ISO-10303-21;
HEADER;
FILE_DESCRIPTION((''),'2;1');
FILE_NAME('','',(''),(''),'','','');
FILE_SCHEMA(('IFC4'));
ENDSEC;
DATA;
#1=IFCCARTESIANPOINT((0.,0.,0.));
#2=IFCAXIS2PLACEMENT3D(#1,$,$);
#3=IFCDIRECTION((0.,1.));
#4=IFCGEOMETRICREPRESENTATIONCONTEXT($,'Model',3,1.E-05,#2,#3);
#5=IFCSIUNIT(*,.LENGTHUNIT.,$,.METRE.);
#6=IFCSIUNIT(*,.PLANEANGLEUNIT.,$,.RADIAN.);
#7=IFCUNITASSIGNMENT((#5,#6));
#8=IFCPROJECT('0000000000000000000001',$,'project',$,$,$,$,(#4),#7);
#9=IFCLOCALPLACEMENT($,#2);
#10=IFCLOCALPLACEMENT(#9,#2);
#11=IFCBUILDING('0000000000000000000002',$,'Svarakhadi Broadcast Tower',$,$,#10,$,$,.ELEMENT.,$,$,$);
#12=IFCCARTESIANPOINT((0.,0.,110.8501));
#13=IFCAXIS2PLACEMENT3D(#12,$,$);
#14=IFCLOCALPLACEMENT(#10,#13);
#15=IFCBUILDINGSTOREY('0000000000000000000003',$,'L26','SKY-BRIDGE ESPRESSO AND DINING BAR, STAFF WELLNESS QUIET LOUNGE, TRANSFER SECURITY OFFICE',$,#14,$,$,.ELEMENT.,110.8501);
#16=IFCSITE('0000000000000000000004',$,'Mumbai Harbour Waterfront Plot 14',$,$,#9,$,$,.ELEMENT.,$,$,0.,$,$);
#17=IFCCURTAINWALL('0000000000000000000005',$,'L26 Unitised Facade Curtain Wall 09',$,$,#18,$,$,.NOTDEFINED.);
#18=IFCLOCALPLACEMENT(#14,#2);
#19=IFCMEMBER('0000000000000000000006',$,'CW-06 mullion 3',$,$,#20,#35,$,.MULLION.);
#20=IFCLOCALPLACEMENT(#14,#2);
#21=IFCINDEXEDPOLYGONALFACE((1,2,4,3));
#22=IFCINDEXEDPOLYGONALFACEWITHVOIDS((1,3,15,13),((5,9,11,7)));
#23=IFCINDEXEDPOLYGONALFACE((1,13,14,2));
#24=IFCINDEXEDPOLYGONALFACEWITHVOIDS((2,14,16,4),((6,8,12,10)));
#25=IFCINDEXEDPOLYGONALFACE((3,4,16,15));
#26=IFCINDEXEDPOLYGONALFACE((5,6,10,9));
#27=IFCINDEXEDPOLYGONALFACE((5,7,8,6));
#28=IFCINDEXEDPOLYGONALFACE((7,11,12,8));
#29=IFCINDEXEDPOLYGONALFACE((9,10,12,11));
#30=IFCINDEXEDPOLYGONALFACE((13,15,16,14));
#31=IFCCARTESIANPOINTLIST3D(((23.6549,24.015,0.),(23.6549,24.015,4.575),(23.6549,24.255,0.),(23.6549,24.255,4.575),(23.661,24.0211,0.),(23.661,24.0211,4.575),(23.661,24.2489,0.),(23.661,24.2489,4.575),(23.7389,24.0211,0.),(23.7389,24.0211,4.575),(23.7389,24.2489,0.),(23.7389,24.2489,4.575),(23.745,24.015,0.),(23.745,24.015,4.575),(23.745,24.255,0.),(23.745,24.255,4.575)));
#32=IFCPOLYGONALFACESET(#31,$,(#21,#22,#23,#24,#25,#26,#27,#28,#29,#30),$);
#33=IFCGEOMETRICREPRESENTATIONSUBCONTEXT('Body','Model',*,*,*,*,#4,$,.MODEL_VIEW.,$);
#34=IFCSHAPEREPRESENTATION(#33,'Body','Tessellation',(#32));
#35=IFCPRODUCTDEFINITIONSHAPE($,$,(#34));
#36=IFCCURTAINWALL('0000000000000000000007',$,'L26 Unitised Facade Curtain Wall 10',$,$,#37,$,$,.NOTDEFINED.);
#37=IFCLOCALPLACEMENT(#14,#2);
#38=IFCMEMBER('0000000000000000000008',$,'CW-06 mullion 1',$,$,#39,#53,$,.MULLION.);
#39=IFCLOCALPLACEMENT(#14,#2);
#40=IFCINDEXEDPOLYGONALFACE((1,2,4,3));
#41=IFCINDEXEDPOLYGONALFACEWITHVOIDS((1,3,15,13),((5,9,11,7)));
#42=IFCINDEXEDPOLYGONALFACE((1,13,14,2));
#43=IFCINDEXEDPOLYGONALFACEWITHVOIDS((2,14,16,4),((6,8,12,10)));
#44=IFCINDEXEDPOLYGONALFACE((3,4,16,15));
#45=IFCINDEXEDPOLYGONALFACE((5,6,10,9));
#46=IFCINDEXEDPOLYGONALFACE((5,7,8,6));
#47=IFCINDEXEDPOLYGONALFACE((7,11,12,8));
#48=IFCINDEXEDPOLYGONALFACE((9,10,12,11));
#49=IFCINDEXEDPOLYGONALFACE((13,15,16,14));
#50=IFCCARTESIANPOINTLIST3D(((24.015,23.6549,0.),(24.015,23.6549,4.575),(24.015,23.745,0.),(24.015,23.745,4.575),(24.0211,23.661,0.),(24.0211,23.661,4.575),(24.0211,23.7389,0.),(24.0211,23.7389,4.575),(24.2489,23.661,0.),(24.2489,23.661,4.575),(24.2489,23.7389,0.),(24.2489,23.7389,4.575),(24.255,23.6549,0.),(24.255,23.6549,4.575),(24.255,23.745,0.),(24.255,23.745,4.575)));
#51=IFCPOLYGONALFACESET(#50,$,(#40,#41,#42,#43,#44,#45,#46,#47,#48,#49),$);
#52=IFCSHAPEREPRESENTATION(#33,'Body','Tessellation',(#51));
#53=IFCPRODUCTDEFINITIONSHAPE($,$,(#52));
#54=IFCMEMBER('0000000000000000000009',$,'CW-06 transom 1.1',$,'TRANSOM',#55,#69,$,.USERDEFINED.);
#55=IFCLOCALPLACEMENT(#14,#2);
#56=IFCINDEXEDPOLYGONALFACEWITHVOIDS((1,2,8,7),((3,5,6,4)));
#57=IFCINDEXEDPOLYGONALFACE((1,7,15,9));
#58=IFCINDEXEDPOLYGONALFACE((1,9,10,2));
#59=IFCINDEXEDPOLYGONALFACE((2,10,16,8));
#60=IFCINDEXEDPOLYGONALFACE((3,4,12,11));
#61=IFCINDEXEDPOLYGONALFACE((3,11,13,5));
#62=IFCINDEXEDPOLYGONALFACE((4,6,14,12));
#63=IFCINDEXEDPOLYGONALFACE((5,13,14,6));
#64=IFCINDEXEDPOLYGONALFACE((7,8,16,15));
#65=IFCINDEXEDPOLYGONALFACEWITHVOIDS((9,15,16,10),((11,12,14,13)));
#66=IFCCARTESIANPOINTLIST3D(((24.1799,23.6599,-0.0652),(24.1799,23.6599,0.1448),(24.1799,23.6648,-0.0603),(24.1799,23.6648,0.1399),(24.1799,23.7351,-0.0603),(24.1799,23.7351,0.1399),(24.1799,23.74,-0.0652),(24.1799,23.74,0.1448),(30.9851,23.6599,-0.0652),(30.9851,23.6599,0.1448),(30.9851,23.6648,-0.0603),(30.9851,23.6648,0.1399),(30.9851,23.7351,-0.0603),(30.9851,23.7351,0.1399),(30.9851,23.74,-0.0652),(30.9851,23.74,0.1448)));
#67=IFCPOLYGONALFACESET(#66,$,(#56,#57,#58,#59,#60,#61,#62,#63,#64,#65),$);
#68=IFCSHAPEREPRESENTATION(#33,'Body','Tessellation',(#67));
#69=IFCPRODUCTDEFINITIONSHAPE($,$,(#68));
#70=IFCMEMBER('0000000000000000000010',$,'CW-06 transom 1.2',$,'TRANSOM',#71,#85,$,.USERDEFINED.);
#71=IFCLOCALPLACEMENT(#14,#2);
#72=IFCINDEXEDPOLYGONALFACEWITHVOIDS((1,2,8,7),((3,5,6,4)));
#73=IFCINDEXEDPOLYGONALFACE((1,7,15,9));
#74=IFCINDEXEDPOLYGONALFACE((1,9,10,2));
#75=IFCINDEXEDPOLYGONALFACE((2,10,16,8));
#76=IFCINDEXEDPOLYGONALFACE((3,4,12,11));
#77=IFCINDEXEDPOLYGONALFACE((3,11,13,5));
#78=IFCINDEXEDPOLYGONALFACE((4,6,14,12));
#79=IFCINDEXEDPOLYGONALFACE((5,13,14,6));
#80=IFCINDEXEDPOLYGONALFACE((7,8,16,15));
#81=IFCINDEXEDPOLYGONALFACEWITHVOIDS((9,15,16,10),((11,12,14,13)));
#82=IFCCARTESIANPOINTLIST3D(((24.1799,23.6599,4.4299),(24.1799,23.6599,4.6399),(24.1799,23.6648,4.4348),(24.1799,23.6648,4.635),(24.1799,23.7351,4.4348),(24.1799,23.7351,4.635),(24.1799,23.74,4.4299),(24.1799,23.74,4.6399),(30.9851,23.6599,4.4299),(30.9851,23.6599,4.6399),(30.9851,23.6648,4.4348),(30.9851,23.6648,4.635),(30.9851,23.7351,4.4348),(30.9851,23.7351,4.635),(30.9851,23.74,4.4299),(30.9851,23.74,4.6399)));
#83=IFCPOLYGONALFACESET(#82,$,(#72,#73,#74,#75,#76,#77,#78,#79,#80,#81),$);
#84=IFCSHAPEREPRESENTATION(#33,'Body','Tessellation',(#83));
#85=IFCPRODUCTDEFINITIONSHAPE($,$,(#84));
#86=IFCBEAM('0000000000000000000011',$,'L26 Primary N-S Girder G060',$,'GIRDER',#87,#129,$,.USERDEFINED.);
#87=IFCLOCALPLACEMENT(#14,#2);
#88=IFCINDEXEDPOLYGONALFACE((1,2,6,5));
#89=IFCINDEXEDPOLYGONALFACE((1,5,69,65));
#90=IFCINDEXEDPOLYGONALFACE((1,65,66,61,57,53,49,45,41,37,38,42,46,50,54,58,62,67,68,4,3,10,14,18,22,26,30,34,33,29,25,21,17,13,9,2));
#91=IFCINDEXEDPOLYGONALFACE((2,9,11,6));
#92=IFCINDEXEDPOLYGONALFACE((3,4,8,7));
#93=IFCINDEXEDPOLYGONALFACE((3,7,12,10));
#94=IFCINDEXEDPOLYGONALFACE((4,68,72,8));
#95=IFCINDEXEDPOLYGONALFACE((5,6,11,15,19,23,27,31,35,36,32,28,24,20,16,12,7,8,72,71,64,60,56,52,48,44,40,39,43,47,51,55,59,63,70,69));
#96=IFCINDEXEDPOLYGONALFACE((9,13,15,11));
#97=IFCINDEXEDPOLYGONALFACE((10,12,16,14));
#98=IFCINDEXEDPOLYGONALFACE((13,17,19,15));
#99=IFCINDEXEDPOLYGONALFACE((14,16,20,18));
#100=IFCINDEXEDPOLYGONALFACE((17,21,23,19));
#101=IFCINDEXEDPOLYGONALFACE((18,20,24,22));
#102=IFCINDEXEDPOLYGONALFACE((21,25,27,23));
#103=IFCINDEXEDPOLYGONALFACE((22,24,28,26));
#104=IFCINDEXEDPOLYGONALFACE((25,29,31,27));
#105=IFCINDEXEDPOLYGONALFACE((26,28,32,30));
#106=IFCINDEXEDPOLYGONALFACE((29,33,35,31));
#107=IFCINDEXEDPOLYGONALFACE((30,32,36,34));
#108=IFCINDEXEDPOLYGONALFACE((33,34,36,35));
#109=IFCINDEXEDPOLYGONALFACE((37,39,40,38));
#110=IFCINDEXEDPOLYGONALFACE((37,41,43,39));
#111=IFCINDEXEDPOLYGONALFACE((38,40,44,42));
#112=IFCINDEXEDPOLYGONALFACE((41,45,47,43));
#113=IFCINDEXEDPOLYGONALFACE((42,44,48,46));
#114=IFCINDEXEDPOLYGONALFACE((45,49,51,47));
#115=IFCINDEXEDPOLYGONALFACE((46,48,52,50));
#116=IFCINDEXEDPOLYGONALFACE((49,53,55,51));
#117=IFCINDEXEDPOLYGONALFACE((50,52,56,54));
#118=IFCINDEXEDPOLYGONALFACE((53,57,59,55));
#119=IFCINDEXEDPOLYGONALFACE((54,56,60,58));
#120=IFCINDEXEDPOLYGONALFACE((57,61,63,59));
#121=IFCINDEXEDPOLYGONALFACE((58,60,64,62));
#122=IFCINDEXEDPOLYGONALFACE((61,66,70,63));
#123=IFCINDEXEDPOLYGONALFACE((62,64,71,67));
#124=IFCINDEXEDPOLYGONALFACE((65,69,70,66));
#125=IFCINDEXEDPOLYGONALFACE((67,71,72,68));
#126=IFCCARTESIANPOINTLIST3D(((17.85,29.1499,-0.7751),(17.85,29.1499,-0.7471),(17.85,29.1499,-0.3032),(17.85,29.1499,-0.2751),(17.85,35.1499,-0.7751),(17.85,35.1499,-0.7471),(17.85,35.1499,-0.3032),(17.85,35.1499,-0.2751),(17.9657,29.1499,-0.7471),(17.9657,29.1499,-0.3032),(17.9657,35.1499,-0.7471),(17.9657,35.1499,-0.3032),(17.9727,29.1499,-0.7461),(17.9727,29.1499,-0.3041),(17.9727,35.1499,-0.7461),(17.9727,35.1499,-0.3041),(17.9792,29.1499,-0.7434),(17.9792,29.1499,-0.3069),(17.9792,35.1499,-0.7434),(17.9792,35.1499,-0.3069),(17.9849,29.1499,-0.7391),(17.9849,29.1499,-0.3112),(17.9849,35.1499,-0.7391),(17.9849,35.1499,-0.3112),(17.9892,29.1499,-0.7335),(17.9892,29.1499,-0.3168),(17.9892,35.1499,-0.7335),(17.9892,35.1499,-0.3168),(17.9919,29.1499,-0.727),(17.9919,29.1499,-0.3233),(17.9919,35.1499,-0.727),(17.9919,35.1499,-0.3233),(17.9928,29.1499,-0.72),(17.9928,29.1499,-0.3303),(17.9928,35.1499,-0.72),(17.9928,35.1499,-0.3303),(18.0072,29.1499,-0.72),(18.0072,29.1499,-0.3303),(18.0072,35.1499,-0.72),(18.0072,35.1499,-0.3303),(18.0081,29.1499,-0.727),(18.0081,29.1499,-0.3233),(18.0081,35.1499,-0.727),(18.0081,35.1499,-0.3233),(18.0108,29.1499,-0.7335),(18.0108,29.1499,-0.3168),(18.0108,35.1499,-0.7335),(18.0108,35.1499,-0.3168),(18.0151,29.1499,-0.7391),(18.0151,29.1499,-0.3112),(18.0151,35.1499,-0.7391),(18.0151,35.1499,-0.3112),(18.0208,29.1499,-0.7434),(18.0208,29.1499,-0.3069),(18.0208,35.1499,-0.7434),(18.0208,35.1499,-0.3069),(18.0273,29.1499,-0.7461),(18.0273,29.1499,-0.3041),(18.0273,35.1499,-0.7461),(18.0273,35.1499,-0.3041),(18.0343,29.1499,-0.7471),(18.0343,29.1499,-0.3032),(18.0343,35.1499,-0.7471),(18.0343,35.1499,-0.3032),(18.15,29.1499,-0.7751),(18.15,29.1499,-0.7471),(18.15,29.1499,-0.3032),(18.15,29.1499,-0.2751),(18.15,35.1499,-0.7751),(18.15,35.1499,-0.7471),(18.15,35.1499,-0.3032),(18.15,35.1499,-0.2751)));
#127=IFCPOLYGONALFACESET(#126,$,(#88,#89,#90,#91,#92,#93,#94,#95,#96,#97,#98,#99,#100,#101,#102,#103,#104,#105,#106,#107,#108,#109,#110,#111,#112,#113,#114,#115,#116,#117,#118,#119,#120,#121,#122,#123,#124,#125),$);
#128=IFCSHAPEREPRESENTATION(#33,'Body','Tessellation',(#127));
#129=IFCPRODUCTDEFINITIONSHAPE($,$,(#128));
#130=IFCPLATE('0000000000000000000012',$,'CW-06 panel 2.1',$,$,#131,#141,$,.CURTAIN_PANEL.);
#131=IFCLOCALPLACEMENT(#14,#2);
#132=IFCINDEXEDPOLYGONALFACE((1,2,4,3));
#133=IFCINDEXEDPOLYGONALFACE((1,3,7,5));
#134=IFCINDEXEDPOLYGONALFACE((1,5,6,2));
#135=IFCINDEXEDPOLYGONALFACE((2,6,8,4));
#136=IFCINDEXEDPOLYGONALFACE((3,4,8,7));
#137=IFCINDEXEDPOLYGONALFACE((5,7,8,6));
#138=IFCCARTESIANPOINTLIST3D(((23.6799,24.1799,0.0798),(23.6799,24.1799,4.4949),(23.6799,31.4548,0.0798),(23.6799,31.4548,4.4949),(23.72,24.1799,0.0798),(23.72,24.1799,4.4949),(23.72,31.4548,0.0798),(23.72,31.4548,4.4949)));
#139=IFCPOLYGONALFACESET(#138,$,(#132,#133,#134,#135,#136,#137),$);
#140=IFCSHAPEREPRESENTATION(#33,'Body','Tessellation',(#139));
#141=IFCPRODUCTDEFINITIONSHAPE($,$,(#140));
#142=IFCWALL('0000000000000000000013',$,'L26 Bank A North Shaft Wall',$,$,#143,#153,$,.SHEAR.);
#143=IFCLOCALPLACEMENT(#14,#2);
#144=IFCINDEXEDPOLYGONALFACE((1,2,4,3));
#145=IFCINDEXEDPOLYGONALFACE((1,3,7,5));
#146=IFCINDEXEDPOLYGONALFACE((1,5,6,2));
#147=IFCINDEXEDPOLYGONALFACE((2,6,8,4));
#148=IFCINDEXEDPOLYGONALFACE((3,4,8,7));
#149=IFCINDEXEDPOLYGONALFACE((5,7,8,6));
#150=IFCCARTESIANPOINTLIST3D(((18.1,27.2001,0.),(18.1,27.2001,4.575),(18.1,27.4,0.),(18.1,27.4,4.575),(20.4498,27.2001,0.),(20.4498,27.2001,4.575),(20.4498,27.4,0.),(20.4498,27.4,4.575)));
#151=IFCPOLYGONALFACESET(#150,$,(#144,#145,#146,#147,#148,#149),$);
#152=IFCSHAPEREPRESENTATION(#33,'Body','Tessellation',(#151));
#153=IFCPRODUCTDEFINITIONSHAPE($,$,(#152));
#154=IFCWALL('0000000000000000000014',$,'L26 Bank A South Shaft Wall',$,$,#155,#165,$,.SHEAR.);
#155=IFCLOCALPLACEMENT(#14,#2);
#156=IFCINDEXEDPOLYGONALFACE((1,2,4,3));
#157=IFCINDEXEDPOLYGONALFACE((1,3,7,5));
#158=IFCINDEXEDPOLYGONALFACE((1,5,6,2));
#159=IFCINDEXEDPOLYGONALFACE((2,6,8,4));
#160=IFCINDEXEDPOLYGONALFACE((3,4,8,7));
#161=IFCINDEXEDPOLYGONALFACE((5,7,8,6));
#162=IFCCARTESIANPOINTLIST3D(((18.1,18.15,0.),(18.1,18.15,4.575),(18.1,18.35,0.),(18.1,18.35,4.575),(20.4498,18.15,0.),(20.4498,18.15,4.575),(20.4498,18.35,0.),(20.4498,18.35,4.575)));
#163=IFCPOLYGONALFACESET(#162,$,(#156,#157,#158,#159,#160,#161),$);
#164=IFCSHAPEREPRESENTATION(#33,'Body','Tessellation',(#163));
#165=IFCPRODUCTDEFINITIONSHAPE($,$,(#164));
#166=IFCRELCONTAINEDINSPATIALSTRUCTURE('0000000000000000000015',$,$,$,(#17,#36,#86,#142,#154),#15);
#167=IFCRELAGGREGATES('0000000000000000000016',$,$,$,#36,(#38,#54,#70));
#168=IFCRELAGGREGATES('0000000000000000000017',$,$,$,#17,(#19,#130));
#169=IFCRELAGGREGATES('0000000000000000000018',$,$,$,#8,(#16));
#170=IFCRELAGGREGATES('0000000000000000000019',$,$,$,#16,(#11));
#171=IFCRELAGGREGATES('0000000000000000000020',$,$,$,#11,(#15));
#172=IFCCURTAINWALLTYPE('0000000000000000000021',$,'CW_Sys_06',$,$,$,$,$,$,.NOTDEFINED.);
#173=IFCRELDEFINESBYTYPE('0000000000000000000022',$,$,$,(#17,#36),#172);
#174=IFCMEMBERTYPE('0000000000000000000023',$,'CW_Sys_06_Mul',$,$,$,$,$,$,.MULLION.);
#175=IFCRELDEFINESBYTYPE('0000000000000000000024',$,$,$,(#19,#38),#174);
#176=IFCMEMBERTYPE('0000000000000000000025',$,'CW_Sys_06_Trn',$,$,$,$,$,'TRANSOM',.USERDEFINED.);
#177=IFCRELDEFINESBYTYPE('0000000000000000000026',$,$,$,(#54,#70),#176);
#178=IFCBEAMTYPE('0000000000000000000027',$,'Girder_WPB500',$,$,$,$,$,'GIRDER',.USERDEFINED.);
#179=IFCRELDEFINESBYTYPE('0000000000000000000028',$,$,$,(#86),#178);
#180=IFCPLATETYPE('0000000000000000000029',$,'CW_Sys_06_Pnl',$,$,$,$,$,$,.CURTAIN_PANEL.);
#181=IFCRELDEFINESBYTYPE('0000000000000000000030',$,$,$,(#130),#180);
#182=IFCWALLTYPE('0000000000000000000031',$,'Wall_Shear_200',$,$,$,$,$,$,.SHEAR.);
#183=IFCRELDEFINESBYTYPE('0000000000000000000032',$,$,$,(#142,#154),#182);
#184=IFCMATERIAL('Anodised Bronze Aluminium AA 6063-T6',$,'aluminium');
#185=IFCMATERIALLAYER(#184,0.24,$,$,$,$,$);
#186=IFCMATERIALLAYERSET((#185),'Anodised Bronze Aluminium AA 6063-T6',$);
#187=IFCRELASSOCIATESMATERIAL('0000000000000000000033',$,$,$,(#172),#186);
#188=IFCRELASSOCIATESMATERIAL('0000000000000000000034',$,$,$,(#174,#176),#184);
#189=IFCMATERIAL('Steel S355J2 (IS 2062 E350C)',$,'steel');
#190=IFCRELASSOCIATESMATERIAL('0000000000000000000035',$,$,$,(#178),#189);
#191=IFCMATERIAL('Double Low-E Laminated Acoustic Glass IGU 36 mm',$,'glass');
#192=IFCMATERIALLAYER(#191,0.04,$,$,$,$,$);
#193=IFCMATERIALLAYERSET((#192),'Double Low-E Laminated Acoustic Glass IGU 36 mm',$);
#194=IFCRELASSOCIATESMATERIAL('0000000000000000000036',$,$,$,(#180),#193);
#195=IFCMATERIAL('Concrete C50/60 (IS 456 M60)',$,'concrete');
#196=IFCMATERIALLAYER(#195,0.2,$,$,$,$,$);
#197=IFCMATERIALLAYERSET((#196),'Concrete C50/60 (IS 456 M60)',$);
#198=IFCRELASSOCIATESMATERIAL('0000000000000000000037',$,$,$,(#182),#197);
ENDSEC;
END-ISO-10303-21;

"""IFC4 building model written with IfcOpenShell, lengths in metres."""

from ifc_helpers import new_model, si_unit, direction, frame, frame_2d, origin, origin_2d, place, context, subcontext, project, spatial, rectangle, hollow_rectangle, i_section, extrude, material, layer, layer_set, material_profile, profile_set, type_object, element, aggregate, save


model = new_model("IFC4")

# Units and contexts
model_context = context("Model", 3, precision=1e-05, world=origin(), true_north=direction((0.0, 1.0)))
body_context = subcontext(model_context, "Body", "Model", "MODEL_VIEW")
ifc_project = project(units=[si_unit("LENGTHUNIT", "METRE"), si_unit("PLANEANGLEUNIT", "RADIAN")], contexts=[model_context])

# Site, building, storey
site_placement = place(None, origin())
site = spatial("IfcSite", under=ifc_project, at=site_placement, Name="Mumbai Harbour Waterfront Plot 14", CompositionType="ELEMENT", RefElevation=0.0)
building_placement = place(site_placement, origin())
building = spatial("IfcBuilding", under=site, at=building_placement, Name="Svarakhadi Broadcast Tower", CompositionType="ELEMENT")
storey_placement = place(building_placement, frame((0.0, 0.0, 110.8501)))
storey = spatial("IfcBuildingStorey", under=building, at=storey_placement, Name="L26", Description="SKY-BRIDGE ESPRESSO AND DINING BAR, STAFF WELLNESS QUIET LOUNGE, TRANSFER SECURITY OFFICE", CompositionType="ELEMENT", Elevation=110.8501)

# Curtain wall, member
ifc_material_1 = material(Name="Anodised Bronze Aluminium AA 6063-T6", Category="aluminium")
ifc_layer_1 = layer(ifc_material_1, 0.24)
ifc_layer_set_1 = layer_set([ifc_layer_1], Name="Anodised Bronze Aluminium AA 6063-T6")
curtain_wall_type = type_object("IfcCurtainWallType", Name="CW_Sys_06", PredefinedType="NOTDEFINED", material=ifc_layer_set_1)
curtain_wall_1_placement = place(storey_placement, origin())
curtain_wall_1 = element("IfcCurtainWall", 1, at=curtain_wall_1_placement, inside=storey, type_object=curtain_wall_type, Name="L26 Unitised Facade Curtain Wall 09", PredefinedType="NOTDEFINED")
ifc_material_profile_1 = material_profile(ifc_material_1, hollow_rectangle(XDim=0.0901, YDim=0.24, WallThickness=0.0061, at=origin_2d()), Name="ALU MULLION 240x90x6")
ifc_profile_set_1 = profile_set([ifc_material_profile_1], Name="Anodised Bronze Aluminium AA 6063-T6")
member_type_1 = type_object("IfcMemberType", Name="CW_Sys_06_Mul", PredefinedType="MULLION", material=ifc_profile_set_1)
member_1_placement = place(storey_placement, frame((23.7, 24.135, 0.0), z_axis=(0.0, 0.0, 1.0), x_axis=(1.0, 0.0, 0.0)))
member_1 = element("IfcMember", 2, at=member_1_placement, type_object=member_type_1, Name="CW-06 mullion 3", PredefinedType="MULLION", context=body_context, shape_type="SweptSolid", body=[
    extrude(hollow_rectangle(XDim=0.0901, YDim=0.24, WallThickness=0.0061, at=origin_2d()), origin(), (0.0, 0.0, 1.0), 4.575),
])

# Curtain wall, members
curtain_wall_2_placement = place(storey_placement, origin())
curtain_wall_2 = element("IfcCurtainWall", 3, at=curtain_wall_2_placement, inside=storey, type_object=curtain_wall_type, Name="L26 Unitised Facade Curtain Wall 10", PredefinedType="NOTDEFINED")
member_2_placement = place(storey_placement, frame((24.135, 23.7, 0.0), z_axis=(0.0, 0.0, 1.0), x_axis=(0.0, 1.0, 0.0)))
member_2 = element("IfcMember", 4, at=member_2_placement, type_object=member_type_1, Name="CW-06 mullion 1", PredefinedType="MULLION", context=body_context, shape_type="SweptSolid", body=[
    extrude(hollow_rectangle(XDim=0.0901, YDim=0.24, WallThickness=0.0061, at=origin_2d()), origin(), (0.0, 0.0, 1.0), 4.575),
])
ifc_material_profile_2 = material_profile(ifc_material_1, hollow_rectangle(XDim=0.0801, YDim=0.21, WallThickness=0.0049, at=origin_2d()), Name="ALU TRANSOM 210x80x5")
ifc_profile_set_2 = profile_set([ifc_material_profile_2], Name="Anodised Bronze Aluminium AA 6063-T6")
member_type_2 = type_object("IfcMemberType", Name="CW_Sys_06_Trn", ElementType="TRANSOM", PredefinedType="USERDEFINED", material=ifc_profile_set_2)
member_3_placement = place(storey_placement, frame((24.1799, 23.7, 0.0398), z_axis=(1.0, 0.0, 0.0), x_axis=(0.0, 1.0, 0.0)))
member_3 = element("IfcMember", 5, at=member_3_placement, type_object=member_type_2, Name="CW-06 transom 1.1", ObjectType="TRANSOM", PredefinedType="USERDEFINED", context=body_context, shape_type="SweptSolid", body=[
    extrude(hollow_rectangle(XDim=0.0801, YDim=0.21, WallThickness=0.0049, at=origin_2d()), origin(), (0.0, 0.0, 1.0), 6.8052),
])
member_4_placement = place(storey_placement, frame((24.1799, 23.7, 4.5349), z_axis=(1.0, 0.0, 0.0), x_axis=(0.0, 1.0, 0.0)))
member_4 = element("IfcMember", 6, at=member_4_placement, type_object=member_type_2, Name="CW-06 transom 1.2", ObjectType="TRANSOM", PredefinedType="USERDEFINED", context=body_context, shape_type="SweptSolid", body=[
    extrude(hollow_rectangle(XDim=0.0801, YDim=0.21, WallThickness=0.0049, at=origin_2d()), origin(), (0.0, 0.0, 1.0), 6.8052),
])
aggregate(curtain_wall_2, [member_2, member_3, member_4])

# Beam
ifc_material_2 = material(Name="Steel S355J2 (IS 2062 E350C)", Category="steel")
ifc_material_profile_3 = material_profile(ifc_material_2, i_section(OverallWidth=0.3, OverallDepth=0.5, WebThickness=0.0144, FlangeThickness=0.0281, FilletRadius=0.0271, at=origin_2d()), Name="WPB 500x300x187")
ifc_profile_set_3 = profile_set([ifc_material_profile_3], Name="Steel S355J2 (IS 2062 E350C)")
beam_type = type_object("IfcBeamType", Name="Girder_WPB500", ElementType="GIRDER", PredefinedType="USERDEFINED", material=ifc_profile_set_3)
beam_placement = place(storey_placement, frame((18.0, 29.1499, -0.5251), z_axis=(0.0, 1.0, 0.0), x_axis=(-1.0, 0.0, 0.0)))
element("IfcBeam", 7, at=beam_placement, inside=storey, type_object=beam_type, Name="L26 Primary N-S Girder G060", ObjectType="GIRDER", PredefinedType="USERDEFINED", context=body_context, shape_type="SweptSolid", body=[
    extrude(i_section(OverallWidth=0.3, OverallDepth=0.5, WebThickness=0.0144, FlangeThickness=0.0281, FilletRadius=0.0271, at=origin_2d()), origin(), (0.0, 0.0, 1.0), 6.0),
])

# Plate
ifc_material_3 = material(Name="Double Low-E Laminated Acoustic Glass IGU 36 mm", Category="glass")
ifc_layer_2 = layer(ifc_material_3, 0.04)
ifc_layer_set_2 = layer_set([ifc_layer_2], Name="Double Low-E Laminated Acoustic Glass IGU 36 mm")
plate_type = type_object("IfcPlateType", Name="CW_Sys_06_Pnl", PredefinedType="CURTAIN_PANEL", material=ifc_layer_set_2)
plate_placement = place(storey_placement, frame((23.7, 27.8174, 0.0798), z_axis=(0.0, 0.0, 1.0), x_axis=(0.0, -1.0, 0.0)))
plate = element("IfcPlate", 8, at=plate_placement, type_object=plate_type, Name="CW-06 panel 2.1", PredefinedType="CURTAIN_PANEL", context=body_context, shape_type="SweptSolid", body=[
    extrude(rectangle(XDim=7.2749, YDim=0.04, at=origin_2d()), origin(), (0.0, 0.0, 1.0), 4.415),
])
aggregate(curtain_wall_1, [member_1, plate])

# Walls
ifc_material_4 = material(Name="Concrete C50/60 (IS 456 M60)", Category="concrete")
ifc_layer_3 = layer(ifc_material_4, 0.2)
ifc_layer_set_3 = layer_set([ifc_layer_3], Name="Concrete C50/60 (IS 456 M60)")
wall_type = type_object("IfcWallType", Name="Wall_Shear_200", PredefinedType="SHEAR", material=ifc_layer_set_3)
for number, where, z_axis, x_axis, name in (
    (9, (18.1001, 27.3, 0.0), (0.0, 0.0, 1.0), (1.0, 0.0, 0.0), "L26 Bank A North Shaft Wall"),
    (10, (18.1001, 18.25, 0.0), (0.0, 0.0, 1.0), (1.0, 0.0, 0.0), "L26 Bank A South Shaft Wall"),
):
    element("IfcWall", number, at=place(storey_placement, frame(where, z_axis=z_axis, x_axis=x_axis)), inside=storey, type_object=wall_type, Name=name, PredefinedType="SHEAR", context=body_context, shape_type="SweptSolid", body=[
        extrude(rectangle(XDim=2.3499, YDim=0.2, at=frame_2d((1.1748, 0.0))), origin(), (0.0, 0.0, 1.0), 4.575),
    ])

save(model, "model.ifc")
